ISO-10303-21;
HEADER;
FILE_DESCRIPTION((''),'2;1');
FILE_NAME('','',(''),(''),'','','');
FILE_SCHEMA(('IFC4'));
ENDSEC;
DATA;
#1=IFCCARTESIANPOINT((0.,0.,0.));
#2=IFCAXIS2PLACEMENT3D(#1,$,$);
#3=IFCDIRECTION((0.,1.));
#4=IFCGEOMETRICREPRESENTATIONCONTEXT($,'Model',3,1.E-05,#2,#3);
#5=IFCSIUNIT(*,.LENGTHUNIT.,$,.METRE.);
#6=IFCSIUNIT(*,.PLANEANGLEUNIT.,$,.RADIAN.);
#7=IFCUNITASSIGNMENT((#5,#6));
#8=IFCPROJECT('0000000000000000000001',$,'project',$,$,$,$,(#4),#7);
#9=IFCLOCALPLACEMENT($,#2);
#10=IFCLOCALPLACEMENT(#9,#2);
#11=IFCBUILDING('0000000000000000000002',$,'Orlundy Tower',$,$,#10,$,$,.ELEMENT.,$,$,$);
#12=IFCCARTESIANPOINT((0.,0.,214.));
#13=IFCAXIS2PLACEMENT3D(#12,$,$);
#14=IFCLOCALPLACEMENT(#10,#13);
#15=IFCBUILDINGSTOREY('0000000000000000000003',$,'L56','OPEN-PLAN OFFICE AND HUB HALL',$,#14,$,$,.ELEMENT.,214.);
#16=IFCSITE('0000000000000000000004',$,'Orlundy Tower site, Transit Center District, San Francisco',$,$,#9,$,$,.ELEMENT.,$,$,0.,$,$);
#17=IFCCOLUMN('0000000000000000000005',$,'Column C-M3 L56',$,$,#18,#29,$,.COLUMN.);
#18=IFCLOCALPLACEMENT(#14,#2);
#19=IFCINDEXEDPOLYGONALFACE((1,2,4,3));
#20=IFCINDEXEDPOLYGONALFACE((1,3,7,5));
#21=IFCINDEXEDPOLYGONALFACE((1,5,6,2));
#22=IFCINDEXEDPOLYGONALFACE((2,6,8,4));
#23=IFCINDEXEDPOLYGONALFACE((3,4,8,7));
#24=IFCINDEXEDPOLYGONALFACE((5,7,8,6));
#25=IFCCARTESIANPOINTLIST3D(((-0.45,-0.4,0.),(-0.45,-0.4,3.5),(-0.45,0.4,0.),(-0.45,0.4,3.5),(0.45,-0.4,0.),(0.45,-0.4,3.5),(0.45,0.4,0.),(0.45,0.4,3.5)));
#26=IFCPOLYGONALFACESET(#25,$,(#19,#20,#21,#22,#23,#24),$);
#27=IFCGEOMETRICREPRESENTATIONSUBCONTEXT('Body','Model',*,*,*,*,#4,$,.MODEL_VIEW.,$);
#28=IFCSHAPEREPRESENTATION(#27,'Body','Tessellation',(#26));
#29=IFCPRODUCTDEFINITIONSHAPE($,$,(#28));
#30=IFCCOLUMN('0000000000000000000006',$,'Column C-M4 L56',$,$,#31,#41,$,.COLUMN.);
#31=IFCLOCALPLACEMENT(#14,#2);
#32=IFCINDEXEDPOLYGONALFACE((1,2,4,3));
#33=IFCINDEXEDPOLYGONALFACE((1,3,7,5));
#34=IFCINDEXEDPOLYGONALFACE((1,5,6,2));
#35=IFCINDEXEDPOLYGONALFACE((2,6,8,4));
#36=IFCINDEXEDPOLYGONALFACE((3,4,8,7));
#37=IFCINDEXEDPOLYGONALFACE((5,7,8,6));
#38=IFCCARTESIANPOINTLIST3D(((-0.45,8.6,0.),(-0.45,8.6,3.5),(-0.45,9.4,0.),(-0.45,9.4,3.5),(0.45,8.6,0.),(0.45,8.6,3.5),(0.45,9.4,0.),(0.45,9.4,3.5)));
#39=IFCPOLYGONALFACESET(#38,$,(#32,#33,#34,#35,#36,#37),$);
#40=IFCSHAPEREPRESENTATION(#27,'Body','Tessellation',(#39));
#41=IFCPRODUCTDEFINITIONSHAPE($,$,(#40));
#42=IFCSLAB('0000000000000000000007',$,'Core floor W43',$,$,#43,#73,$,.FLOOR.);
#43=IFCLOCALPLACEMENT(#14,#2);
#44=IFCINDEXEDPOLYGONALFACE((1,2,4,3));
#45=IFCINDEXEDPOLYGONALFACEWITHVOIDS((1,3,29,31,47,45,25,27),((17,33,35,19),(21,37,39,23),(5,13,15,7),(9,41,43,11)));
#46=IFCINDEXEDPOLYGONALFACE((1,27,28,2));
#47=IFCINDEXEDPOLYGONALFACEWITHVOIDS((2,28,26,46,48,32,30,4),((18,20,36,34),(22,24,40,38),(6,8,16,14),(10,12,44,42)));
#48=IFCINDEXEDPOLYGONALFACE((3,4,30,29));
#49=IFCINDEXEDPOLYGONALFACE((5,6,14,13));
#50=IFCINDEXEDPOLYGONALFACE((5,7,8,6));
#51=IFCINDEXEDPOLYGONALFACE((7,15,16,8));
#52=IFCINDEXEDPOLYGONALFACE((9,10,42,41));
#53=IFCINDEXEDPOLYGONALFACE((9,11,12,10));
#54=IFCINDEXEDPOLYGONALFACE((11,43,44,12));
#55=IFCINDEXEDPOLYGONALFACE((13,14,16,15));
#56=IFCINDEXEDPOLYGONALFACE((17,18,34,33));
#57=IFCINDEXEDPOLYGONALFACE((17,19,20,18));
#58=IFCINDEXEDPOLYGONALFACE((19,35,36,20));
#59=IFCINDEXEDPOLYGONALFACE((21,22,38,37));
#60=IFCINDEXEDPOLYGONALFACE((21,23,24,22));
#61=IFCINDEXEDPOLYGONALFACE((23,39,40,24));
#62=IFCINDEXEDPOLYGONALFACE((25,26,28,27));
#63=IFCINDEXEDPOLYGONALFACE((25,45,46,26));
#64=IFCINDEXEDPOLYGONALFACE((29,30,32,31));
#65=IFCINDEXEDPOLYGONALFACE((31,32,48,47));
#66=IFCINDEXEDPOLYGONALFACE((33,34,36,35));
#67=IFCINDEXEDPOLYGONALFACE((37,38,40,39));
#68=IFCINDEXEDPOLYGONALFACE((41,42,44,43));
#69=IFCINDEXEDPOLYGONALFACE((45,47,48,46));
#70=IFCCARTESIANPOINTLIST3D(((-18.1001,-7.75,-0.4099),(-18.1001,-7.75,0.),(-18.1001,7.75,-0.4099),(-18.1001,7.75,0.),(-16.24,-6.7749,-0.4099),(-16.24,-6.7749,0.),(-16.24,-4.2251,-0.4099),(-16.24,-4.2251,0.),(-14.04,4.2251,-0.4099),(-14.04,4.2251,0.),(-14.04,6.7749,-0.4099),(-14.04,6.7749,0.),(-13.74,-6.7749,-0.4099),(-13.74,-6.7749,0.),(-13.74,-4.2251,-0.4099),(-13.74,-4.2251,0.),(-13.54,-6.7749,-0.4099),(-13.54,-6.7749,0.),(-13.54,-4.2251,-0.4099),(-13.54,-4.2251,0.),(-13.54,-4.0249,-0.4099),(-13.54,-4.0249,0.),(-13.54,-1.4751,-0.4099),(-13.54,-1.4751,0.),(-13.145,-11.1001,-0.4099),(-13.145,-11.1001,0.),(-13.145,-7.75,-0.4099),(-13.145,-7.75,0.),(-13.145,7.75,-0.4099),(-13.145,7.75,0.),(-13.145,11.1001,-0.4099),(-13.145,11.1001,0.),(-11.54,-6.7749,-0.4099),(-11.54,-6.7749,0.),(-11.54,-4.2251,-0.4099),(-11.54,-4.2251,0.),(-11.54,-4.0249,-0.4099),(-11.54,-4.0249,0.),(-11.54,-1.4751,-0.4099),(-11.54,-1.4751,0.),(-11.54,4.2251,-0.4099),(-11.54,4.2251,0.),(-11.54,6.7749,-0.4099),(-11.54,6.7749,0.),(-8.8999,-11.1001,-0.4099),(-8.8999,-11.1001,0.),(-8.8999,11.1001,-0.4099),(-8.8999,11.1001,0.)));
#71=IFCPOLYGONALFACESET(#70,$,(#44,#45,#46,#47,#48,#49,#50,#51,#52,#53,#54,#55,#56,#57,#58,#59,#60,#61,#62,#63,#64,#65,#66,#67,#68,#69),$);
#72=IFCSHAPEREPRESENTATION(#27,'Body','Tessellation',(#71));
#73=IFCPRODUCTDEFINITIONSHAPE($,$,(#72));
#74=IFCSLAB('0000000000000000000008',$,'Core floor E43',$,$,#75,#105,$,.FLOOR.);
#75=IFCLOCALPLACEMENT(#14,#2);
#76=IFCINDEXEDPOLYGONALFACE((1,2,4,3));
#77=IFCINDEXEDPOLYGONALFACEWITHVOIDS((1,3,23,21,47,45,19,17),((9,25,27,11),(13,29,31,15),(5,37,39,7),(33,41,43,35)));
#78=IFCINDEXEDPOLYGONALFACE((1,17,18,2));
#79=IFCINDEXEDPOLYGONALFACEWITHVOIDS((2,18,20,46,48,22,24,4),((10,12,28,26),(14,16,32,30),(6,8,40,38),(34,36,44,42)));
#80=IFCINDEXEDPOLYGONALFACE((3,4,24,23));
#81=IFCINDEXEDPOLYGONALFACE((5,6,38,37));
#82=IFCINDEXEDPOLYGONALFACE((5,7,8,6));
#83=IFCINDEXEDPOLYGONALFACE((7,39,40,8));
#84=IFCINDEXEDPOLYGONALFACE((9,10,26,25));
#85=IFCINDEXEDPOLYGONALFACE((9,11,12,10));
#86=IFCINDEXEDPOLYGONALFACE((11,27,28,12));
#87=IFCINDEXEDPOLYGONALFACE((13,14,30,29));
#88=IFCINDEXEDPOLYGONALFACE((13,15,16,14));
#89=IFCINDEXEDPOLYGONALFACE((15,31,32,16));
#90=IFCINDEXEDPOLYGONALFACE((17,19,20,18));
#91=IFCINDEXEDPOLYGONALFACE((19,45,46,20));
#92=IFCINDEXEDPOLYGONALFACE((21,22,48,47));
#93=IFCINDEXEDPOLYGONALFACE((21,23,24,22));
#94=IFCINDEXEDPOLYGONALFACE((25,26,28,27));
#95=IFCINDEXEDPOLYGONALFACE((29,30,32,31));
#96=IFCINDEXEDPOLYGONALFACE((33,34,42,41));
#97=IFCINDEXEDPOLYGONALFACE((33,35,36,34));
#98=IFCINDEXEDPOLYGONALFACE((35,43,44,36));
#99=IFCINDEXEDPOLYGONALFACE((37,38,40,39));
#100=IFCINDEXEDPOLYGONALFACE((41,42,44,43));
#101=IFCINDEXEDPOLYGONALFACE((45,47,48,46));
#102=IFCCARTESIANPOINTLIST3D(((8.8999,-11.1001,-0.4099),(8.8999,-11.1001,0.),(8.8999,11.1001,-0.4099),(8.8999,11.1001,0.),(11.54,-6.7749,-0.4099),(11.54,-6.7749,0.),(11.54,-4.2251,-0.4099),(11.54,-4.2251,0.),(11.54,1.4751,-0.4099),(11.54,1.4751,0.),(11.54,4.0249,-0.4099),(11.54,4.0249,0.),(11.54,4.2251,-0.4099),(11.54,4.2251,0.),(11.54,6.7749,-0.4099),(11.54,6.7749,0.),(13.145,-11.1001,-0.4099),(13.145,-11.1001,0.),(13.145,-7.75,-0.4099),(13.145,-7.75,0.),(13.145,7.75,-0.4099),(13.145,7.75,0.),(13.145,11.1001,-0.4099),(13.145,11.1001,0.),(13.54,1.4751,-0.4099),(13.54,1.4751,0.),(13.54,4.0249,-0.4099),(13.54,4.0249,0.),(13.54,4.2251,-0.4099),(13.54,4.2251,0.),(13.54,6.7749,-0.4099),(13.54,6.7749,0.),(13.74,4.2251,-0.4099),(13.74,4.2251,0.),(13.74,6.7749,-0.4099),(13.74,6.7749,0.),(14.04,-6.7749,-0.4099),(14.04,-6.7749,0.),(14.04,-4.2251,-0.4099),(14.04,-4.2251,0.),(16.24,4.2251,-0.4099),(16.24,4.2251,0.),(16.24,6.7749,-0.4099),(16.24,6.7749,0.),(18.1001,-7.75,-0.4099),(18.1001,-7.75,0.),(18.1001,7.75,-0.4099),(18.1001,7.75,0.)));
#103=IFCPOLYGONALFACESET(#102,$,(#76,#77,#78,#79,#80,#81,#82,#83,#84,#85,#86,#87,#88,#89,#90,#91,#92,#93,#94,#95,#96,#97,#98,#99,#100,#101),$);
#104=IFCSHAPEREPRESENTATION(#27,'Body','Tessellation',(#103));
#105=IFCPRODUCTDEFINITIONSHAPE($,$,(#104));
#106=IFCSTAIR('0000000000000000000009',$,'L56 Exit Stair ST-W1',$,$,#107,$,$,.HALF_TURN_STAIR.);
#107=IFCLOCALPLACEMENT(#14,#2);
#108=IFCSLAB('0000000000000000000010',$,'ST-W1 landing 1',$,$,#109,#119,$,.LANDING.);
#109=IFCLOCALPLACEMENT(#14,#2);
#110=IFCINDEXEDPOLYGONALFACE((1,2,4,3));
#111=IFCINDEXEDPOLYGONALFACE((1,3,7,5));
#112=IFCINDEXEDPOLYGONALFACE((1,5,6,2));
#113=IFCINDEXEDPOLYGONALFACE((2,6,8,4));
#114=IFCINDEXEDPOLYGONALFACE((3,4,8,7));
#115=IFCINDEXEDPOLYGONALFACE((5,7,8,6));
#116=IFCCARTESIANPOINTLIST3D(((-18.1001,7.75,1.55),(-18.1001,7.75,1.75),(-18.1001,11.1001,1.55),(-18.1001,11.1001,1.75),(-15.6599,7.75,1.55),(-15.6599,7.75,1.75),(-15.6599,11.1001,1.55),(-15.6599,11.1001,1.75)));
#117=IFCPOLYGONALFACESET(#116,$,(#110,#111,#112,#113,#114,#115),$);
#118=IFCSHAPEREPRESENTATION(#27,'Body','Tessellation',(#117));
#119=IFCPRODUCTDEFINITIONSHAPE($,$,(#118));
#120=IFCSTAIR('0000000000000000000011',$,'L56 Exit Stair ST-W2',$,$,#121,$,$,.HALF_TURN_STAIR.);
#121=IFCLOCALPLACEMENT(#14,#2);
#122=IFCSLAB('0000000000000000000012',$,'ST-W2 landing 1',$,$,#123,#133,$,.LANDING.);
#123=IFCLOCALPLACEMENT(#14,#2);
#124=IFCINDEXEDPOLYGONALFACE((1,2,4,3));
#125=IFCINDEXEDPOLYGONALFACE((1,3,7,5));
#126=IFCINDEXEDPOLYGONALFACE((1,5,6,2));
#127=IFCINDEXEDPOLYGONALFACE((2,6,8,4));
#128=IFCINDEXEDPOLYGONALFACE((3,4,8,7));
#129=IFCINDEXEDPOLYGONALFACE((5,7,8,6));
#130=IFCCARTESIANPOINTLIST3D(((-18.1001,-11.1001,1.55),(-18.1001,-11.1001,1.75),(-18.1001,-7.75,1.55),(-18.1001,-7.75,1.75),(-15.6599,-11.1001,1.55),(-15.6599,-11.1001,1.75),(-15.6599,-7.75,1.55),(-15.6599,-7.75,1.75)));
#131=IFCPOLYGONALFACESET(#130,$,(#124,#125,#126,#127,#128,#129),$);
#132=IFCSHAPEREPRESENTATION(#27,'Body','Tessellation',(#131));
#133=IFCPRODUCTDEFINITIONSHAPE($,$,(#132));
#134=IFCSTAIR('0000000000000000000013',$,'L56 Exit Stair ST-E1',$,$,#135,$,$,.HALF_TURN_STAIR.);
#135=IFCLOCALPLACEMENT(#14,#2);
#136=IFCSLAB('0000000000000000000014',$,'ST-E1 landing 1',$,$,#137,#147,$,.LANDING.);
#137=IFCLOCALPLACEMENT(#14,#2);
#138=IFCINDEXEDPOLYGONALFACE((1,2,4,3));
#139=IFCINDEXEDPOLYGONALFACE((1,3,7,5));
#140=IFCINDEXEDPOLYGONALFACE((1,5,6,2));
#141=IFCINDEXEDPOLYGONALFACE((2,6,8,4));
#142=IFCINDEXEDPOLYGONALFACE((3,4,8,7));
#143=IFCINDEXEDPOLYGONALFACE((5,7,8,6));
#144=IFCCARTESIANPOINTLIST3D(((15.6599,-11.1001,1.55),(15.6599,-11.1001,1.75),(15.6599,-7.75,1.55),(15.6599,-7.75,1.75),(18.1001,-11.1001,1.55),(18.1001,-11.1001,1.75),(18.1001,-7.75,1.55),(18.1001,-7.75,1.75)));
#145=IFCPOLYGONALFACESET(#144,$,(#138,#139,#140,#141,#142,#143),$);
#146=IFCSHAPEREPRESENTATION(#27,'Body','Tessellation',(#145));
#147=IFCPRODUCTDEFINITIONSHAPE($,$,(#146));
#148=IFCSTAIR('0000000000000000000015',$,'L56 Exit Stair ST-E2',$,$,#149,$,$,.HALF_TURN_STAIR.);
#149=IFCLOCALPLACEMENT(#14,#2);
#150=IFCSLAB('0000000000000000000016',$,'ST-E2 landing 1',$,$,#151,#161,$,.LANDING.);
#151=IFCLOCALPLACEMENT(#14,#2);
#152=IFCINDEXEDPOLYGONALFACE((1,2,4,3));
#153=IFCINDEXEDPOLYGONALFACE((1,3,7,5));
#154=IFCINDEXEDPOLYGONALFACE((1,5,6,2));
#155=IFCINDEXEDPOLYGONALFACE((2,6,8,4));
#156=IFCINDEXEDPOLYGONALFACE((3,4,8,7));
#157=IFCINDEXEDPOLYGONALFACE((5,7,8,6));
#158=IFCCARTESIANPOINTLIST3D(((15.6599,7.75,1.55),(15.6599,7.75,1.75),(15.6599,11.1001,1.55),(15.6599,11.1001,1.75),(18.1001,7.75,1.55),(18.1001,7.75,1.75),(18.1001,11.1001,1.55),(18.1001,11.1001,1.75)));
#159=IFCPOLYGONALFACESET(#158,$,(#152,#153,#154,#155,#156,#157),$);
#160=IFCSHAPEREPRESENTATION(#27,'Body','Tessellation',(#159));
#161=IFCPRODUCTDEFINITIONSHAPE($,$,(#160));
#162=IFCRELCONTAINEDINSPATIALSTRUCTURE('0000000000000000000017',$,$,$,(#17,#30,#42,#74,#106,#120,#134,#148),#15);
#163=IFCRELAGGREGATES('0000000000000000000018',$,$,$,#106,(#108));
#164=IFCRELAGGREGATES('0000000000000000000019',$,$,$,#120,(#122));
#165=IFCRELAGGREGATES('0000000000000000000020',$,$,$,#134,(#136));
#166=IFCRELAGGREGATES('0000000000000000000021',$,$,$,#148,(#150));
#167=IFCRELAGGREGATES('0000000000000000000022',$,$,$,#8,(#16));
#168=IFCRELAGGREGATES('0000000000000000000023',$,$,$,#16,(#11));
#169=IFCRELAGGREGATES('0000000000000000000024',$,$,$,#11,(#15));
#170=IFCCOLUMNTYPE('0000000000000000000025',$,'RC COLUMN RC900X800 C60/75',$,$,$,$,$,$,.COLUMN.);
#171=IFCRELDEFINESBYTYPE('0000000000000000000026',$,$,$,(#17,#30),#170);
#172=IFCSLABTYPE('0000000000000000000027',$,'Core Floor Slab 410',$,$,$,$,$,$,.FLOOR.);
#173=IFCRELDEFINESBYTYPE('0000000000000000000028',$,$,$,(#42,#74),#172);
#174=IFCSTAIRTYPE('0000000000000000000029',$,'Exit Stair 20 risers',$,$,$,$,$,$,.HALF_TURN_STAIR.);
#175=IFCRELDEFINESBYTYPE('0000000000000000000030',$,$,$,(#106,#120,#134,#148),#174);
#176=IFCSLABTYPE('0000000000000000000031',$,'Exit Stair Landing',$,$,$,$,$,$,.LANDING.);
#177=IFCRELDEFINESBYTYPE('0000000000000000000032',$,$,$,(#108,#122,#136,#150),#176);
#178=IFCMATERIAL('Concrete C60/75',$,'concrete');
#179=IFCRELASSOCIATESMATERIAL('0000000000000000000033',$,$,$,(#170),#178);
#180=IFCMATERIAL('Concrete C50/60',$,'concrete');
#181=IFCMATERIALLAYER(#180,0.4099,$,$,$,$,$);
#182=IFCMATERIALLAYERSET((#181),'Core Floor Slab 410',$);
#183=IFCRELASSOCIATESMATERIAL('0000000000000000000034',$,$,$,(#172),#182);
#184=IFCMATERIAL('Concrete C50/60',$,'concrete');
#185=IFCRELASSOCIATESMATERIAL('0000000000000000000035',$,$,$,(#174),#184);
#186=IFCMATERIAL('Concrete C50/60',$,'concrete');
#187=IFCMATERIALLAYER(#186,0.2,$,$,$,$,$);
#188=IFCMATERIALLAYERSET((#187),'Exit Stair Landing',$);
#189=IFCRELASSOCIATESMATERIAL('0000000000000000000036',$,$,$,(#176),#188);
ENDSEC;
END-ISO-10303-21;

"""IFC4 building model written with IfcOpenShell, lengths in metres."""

from ifc_helpers import new_model, si_unit, direction, frame, origin, origin_2d, place, context, subcontext, project, spatial, polyline, rectangle, outline, extrude, material, layer, layer_set, material_profile, profile_set, type_object, element, aggregate, save


model = new_model("IFC4")

# Units and contexts
model_context = context("Model", 3, precision=1e-05, world=origin(), true_north=direction((0.0, 1.0)))
body_context = subcontext(model_context, "Body", "Model", "MODEL_VIEW")
ifc_project = project(units=[si_unit("LENGTHUNIT", "METRE"), si_unit("PLANEANGLEUNIT", "RADIAN")], contexts=[model_context])

# Site, building, storey
site_placement = place(None, origin())
site = spatial("IfcSite", under=ifc_project, at=site_placement, Name="Orlundy Tower site, Transit Center District, San Francisco", CompositionType="ELEMENT", RefElevation=0.0)
building_placement = place(site_placement, origin())
building = spatial("IfcBuilding", under=site, at=building_placement, Name="Orlundy Tower", CompositionType="ELEMENT")
storey_placement = place(building_placement, frame((0.0, 0.0, 214.0)))
storey = spatial("IfcBuildingStorey", under=building, at=storey_placement, Name="L56", Description="OPEN-PLAN OFFICE AND HUB HALL", CompositionType="ELEMENT", Elevation=214.0)

# Columns
ifc_material_1 = material(Name="Concrete C60/75", Category="concrete")
ifc_material_profile = material_profile(ifc_material_1, rectangle(XDim=0.8999, YDim=0.8, at=origin_2d()), Name="RC900X800")
ifc_profile_set = profile_set([ifc_material_profile], Name="Concrete C60/75")
column_type = type_object("IfcColumnType", Name="RC COLUMN RC900X800 C60/75", PredefinedType="COLUMN", material=ifc_profile_set)
for number, where, z_axis, x_axis, name in (
    (1, (0.0, 0.0, 0.0), (0.0, 0.0, 1.0), (1.0, 0.0, 0.0), "Column C-M3 L56"),
    (2, (0.0, 9.0, 0.0), (0.0, 0.0, 1.0), (1.0, 0.0, 0.0), "Column C-M4 L56"),
):
    element("IfcColumn", number, at=place(storey_placement, frame(where, z_axis=z_axis, x_axis=x_axis)), inside=storey, type_object=column_type, Name=name, PredefinedType="COLUMN", context=body_context, shape_type="SweptSolid", body=[
        extrude(rectangle(XDim=0.8999, YDim=0.8, at=origin_2d()), origin(), (0.0, 0.0, 1.0), 3.5),
    ])

# Slabs
ifc_material_2 = material(Name="Concrete C50/60", Category="concrete")
ifc_layer_1 = layer(ifc_material_2, 0.4099)
ifc_layer_set_1 = layer_set([ifc_layer_1], Name="Core Floor Slab 410")
slab_type_1 = type_object("IfcSlabType", Name="Core Floor Slab 410", PredefinedType="FLOOR", material=ifc_layer_set_1)
slab_1_placement = place(storey_placement, frame((0.0, 0.0, -0.4099)))
element("IfcSlab", 3, at=slab_1_placement, inside=storey, type_object=slab_type_1, Name="Core floor W43", PredefinedType="FLOOR", context=body_context, shape_type="SweptSolid", body=[
    extrude(outline(polyline([(-18.1001, 7.75), (-13.145, 7.75), (-13.145, 11.1001), (-8.8999, 11.1001), (-8.8999, -11.1001), (-13.145, -11.1001), (-13.145, -7.75), (-18.1001, -7.75), (-18.1001, 7.75)]), holes=[polyline([(-13.54, -4.2251), (-13.54, -6.7749), (-11.54, -6.7749), (-11.54, -4.2251), (-13.54, -4.2251)]), polyline([(-13.74, -4.2251), (-16.24, -4.2251), (-16.24, -6.7749), (-13.74, -6.7749), (-13.74, -4.2251)]), polyline([(-11.54, -4.0249), (-11.54, -1.4751), (-13.54, -1.4751), (-13.54, -4.0249), (-11.54, -4.0249)]), polyline([(-14.04, 4.2251), (-11.54, 4.2251), (-11.54, 6.7749), (-14.04, 6.7749), (-14.04, 4.2251)])]), origin(), (0.0, 0.0, 1.0), 0.4099),
])
slab_2_placement = place(storey_placement, frame((0.0, 0.0, -0.4099)))
element("IfcSlab", 4, at=slab_2_placement, inside=storey, type_object=slab_type_1, Name="Core floor E43", PredefinedType="FLOOR", context=body_context, shape_type="SweptSolid", body=[
    extrude(outline(polyline([(18.1001, -7.75), (13.145, -7.75), (13.145, -11.1001), (8.8999, -11.1001), (8.8999, 11.1001), (13.145, 11.1001), (13.145, 7.75), (18.1001, 7.75), (18.1001, -7.75)]), holes=[polyline([(13.54, 4.2251), (13.54, 6.7749), (11.54, 6.7749), (11.54, 4.2251), (13.54, 4.2251)]), polyline([(13.74, 4.2251), (16.24, 4.2251), (16.24, 6.7749), (13.74, 6.7749), (13.74, 4.2251)]), polyline([(11.54, 4.0249), (11.54, 1.4751), (13.54, 1.4751), (13.54, 4.0249), (11.54, 4.0249)]), polyline([(14.04, -4.2251), (11.54, -4.2251), (11.54, -6.7749), (14.04, -6.7749), (14.04, -4.2251)])]), origin(), (0.0, 0.0, 1.0), 0.4099),
])

# Stairs, slabs
ifc_material_3 = material(Name="Concrete C50/60", Category="concrete")
stair_type = type_object("IfcStairType", Name="Exit Stair 20 risers", PredefinedType="HALF_TURN_STAIR", material=ifc_material_3)
stair_1_placement = place(storey_placement, origin())
stair_1 = element("IfcStair", 5, at=stair_1_placement, inside=storey, type_object=stair_type, Name="L56 Exit Stair ST-W1", PredefinedType="HALF_TURN_STAIR")
ifc_material_4 = material(Name="Concrete C50/60", Category="concrete")
ifc_layer_2 = layer(ifc_material_4, 0.2)
ifc_layer_set_2 = layer_set([ifc_layer_2], Name="Exit Stair Landing")
slab_type_2 = type_object("IfcSlabType", Name="Exit Stair Landing", PredefinedType="LANDING", material=ifc_layer_set_2)
slab_3_placement = place(storey_placement, frame((0.0, 0.0, 1.55)))
slab_3 = element("IfcSlab", 6, at=slab_3_placement, type_object=slab_type_2, Name="ST-W1 landing 1", PredefinedType="LANDING", context=body_context, shape_type="SweptSolid", body=[
    extrude(outline(polyline([(-15.6599, 11.1001), (-18.1001, 11.1001), (-18.1001, 7.75), (-15.6599, 7.75), (-15.6599, 11.1001)])), origin(), (0.0, 0.0, 1.0), 0.2),
])
aggregate(stair_1, [slab_3])
stair_2_placement = place(storey_placement, origin())
stair_2 = element("IfcStair", 7, at=stair_2_placement, inside=storey, type_object=stair_type, Name="L56 Exit Stair ST-W2", PredefinedType="HALF_TURN_STAIR")
slab_4_placement = place(storey_placement, frame((0.0, 0.0, 1.55)))
slab_4 = element("IfcSlab", 8, at=slab_4_placement, type_object=slab_type_2, Name="ST-W2 landing 1", PredefinedType="LANDING", context=body_context, shape_type="SweptSolid", body=[
    extrude(outline(polyline([(-15.6599, -7.75), (-18.1001, -7.75), (-18.1001, -11.1001), (-15.6599, -11.1001), (-15.6599, -7.75)])), origin(), (0.0, 0.0, 1.0), 0.2),
])
aggregate(stair_2, [slab_4])
stair_3_placement = place(storey_placement, origin())
stair_3 = element("IfcStair", 9, at=stair_3_placement, inside=storey, type_object=stair_type, Name="L56 Exit Stair ST-E1", PredefinedType="HALF_TURN_STAIR")
slab_5_placement = place(storey_placement, frame((0.0, 0.0, 1.55)))
slab_5 = element("IfcSlab", 10, at=slab_5_placement, type_object=slab_type_2, Name="ST-E1 landing 1", PredefinedType="LANDING", context=body_context, shape_type="SweptSolid", body=[
    extrude(outline(polyline([(15.6599, -11.1001), (18.1001, -11.1001), (18.1001, -7.75), (15.6599, -7.75), (15.6599, -11.1001)])), origin(), (0.0, 0.0, 1.0), 0.2),
])
aggregate(stair_3, [slab_5])
stair_4_placement = place(storey_placement, origin())
stair_4 = element("IfcStair", 11, at=stair_4_placement, inside=storey, type_object=stair_type, Name="L56 Exit Stair ST-E2", PredefinedType="HALF_TURN_STAIR")
slab_6_placement = place(storey_placement, frame((0.0, 0.0, 1.55)))
slab_6 = element("IfcSlab", 12, at=slab_6_placement, type_object=slab_type_2, Name="ST-E2 landing 1", PredefinedType="LANDING", context=body_context, shape_type="SweptSolid", body=[
    extrude(outline(polyline([(15.6599, 7.75), (18.1001, 7.75), (18.1001, 11.1001), (15.6599, 11.1001), (15.6599, 7.75)])), origin(), (0.0, 0.0, 1.0), 0.2),
])
aggregate(stair_4, [slab_6])

save(model, "model.ifc")
